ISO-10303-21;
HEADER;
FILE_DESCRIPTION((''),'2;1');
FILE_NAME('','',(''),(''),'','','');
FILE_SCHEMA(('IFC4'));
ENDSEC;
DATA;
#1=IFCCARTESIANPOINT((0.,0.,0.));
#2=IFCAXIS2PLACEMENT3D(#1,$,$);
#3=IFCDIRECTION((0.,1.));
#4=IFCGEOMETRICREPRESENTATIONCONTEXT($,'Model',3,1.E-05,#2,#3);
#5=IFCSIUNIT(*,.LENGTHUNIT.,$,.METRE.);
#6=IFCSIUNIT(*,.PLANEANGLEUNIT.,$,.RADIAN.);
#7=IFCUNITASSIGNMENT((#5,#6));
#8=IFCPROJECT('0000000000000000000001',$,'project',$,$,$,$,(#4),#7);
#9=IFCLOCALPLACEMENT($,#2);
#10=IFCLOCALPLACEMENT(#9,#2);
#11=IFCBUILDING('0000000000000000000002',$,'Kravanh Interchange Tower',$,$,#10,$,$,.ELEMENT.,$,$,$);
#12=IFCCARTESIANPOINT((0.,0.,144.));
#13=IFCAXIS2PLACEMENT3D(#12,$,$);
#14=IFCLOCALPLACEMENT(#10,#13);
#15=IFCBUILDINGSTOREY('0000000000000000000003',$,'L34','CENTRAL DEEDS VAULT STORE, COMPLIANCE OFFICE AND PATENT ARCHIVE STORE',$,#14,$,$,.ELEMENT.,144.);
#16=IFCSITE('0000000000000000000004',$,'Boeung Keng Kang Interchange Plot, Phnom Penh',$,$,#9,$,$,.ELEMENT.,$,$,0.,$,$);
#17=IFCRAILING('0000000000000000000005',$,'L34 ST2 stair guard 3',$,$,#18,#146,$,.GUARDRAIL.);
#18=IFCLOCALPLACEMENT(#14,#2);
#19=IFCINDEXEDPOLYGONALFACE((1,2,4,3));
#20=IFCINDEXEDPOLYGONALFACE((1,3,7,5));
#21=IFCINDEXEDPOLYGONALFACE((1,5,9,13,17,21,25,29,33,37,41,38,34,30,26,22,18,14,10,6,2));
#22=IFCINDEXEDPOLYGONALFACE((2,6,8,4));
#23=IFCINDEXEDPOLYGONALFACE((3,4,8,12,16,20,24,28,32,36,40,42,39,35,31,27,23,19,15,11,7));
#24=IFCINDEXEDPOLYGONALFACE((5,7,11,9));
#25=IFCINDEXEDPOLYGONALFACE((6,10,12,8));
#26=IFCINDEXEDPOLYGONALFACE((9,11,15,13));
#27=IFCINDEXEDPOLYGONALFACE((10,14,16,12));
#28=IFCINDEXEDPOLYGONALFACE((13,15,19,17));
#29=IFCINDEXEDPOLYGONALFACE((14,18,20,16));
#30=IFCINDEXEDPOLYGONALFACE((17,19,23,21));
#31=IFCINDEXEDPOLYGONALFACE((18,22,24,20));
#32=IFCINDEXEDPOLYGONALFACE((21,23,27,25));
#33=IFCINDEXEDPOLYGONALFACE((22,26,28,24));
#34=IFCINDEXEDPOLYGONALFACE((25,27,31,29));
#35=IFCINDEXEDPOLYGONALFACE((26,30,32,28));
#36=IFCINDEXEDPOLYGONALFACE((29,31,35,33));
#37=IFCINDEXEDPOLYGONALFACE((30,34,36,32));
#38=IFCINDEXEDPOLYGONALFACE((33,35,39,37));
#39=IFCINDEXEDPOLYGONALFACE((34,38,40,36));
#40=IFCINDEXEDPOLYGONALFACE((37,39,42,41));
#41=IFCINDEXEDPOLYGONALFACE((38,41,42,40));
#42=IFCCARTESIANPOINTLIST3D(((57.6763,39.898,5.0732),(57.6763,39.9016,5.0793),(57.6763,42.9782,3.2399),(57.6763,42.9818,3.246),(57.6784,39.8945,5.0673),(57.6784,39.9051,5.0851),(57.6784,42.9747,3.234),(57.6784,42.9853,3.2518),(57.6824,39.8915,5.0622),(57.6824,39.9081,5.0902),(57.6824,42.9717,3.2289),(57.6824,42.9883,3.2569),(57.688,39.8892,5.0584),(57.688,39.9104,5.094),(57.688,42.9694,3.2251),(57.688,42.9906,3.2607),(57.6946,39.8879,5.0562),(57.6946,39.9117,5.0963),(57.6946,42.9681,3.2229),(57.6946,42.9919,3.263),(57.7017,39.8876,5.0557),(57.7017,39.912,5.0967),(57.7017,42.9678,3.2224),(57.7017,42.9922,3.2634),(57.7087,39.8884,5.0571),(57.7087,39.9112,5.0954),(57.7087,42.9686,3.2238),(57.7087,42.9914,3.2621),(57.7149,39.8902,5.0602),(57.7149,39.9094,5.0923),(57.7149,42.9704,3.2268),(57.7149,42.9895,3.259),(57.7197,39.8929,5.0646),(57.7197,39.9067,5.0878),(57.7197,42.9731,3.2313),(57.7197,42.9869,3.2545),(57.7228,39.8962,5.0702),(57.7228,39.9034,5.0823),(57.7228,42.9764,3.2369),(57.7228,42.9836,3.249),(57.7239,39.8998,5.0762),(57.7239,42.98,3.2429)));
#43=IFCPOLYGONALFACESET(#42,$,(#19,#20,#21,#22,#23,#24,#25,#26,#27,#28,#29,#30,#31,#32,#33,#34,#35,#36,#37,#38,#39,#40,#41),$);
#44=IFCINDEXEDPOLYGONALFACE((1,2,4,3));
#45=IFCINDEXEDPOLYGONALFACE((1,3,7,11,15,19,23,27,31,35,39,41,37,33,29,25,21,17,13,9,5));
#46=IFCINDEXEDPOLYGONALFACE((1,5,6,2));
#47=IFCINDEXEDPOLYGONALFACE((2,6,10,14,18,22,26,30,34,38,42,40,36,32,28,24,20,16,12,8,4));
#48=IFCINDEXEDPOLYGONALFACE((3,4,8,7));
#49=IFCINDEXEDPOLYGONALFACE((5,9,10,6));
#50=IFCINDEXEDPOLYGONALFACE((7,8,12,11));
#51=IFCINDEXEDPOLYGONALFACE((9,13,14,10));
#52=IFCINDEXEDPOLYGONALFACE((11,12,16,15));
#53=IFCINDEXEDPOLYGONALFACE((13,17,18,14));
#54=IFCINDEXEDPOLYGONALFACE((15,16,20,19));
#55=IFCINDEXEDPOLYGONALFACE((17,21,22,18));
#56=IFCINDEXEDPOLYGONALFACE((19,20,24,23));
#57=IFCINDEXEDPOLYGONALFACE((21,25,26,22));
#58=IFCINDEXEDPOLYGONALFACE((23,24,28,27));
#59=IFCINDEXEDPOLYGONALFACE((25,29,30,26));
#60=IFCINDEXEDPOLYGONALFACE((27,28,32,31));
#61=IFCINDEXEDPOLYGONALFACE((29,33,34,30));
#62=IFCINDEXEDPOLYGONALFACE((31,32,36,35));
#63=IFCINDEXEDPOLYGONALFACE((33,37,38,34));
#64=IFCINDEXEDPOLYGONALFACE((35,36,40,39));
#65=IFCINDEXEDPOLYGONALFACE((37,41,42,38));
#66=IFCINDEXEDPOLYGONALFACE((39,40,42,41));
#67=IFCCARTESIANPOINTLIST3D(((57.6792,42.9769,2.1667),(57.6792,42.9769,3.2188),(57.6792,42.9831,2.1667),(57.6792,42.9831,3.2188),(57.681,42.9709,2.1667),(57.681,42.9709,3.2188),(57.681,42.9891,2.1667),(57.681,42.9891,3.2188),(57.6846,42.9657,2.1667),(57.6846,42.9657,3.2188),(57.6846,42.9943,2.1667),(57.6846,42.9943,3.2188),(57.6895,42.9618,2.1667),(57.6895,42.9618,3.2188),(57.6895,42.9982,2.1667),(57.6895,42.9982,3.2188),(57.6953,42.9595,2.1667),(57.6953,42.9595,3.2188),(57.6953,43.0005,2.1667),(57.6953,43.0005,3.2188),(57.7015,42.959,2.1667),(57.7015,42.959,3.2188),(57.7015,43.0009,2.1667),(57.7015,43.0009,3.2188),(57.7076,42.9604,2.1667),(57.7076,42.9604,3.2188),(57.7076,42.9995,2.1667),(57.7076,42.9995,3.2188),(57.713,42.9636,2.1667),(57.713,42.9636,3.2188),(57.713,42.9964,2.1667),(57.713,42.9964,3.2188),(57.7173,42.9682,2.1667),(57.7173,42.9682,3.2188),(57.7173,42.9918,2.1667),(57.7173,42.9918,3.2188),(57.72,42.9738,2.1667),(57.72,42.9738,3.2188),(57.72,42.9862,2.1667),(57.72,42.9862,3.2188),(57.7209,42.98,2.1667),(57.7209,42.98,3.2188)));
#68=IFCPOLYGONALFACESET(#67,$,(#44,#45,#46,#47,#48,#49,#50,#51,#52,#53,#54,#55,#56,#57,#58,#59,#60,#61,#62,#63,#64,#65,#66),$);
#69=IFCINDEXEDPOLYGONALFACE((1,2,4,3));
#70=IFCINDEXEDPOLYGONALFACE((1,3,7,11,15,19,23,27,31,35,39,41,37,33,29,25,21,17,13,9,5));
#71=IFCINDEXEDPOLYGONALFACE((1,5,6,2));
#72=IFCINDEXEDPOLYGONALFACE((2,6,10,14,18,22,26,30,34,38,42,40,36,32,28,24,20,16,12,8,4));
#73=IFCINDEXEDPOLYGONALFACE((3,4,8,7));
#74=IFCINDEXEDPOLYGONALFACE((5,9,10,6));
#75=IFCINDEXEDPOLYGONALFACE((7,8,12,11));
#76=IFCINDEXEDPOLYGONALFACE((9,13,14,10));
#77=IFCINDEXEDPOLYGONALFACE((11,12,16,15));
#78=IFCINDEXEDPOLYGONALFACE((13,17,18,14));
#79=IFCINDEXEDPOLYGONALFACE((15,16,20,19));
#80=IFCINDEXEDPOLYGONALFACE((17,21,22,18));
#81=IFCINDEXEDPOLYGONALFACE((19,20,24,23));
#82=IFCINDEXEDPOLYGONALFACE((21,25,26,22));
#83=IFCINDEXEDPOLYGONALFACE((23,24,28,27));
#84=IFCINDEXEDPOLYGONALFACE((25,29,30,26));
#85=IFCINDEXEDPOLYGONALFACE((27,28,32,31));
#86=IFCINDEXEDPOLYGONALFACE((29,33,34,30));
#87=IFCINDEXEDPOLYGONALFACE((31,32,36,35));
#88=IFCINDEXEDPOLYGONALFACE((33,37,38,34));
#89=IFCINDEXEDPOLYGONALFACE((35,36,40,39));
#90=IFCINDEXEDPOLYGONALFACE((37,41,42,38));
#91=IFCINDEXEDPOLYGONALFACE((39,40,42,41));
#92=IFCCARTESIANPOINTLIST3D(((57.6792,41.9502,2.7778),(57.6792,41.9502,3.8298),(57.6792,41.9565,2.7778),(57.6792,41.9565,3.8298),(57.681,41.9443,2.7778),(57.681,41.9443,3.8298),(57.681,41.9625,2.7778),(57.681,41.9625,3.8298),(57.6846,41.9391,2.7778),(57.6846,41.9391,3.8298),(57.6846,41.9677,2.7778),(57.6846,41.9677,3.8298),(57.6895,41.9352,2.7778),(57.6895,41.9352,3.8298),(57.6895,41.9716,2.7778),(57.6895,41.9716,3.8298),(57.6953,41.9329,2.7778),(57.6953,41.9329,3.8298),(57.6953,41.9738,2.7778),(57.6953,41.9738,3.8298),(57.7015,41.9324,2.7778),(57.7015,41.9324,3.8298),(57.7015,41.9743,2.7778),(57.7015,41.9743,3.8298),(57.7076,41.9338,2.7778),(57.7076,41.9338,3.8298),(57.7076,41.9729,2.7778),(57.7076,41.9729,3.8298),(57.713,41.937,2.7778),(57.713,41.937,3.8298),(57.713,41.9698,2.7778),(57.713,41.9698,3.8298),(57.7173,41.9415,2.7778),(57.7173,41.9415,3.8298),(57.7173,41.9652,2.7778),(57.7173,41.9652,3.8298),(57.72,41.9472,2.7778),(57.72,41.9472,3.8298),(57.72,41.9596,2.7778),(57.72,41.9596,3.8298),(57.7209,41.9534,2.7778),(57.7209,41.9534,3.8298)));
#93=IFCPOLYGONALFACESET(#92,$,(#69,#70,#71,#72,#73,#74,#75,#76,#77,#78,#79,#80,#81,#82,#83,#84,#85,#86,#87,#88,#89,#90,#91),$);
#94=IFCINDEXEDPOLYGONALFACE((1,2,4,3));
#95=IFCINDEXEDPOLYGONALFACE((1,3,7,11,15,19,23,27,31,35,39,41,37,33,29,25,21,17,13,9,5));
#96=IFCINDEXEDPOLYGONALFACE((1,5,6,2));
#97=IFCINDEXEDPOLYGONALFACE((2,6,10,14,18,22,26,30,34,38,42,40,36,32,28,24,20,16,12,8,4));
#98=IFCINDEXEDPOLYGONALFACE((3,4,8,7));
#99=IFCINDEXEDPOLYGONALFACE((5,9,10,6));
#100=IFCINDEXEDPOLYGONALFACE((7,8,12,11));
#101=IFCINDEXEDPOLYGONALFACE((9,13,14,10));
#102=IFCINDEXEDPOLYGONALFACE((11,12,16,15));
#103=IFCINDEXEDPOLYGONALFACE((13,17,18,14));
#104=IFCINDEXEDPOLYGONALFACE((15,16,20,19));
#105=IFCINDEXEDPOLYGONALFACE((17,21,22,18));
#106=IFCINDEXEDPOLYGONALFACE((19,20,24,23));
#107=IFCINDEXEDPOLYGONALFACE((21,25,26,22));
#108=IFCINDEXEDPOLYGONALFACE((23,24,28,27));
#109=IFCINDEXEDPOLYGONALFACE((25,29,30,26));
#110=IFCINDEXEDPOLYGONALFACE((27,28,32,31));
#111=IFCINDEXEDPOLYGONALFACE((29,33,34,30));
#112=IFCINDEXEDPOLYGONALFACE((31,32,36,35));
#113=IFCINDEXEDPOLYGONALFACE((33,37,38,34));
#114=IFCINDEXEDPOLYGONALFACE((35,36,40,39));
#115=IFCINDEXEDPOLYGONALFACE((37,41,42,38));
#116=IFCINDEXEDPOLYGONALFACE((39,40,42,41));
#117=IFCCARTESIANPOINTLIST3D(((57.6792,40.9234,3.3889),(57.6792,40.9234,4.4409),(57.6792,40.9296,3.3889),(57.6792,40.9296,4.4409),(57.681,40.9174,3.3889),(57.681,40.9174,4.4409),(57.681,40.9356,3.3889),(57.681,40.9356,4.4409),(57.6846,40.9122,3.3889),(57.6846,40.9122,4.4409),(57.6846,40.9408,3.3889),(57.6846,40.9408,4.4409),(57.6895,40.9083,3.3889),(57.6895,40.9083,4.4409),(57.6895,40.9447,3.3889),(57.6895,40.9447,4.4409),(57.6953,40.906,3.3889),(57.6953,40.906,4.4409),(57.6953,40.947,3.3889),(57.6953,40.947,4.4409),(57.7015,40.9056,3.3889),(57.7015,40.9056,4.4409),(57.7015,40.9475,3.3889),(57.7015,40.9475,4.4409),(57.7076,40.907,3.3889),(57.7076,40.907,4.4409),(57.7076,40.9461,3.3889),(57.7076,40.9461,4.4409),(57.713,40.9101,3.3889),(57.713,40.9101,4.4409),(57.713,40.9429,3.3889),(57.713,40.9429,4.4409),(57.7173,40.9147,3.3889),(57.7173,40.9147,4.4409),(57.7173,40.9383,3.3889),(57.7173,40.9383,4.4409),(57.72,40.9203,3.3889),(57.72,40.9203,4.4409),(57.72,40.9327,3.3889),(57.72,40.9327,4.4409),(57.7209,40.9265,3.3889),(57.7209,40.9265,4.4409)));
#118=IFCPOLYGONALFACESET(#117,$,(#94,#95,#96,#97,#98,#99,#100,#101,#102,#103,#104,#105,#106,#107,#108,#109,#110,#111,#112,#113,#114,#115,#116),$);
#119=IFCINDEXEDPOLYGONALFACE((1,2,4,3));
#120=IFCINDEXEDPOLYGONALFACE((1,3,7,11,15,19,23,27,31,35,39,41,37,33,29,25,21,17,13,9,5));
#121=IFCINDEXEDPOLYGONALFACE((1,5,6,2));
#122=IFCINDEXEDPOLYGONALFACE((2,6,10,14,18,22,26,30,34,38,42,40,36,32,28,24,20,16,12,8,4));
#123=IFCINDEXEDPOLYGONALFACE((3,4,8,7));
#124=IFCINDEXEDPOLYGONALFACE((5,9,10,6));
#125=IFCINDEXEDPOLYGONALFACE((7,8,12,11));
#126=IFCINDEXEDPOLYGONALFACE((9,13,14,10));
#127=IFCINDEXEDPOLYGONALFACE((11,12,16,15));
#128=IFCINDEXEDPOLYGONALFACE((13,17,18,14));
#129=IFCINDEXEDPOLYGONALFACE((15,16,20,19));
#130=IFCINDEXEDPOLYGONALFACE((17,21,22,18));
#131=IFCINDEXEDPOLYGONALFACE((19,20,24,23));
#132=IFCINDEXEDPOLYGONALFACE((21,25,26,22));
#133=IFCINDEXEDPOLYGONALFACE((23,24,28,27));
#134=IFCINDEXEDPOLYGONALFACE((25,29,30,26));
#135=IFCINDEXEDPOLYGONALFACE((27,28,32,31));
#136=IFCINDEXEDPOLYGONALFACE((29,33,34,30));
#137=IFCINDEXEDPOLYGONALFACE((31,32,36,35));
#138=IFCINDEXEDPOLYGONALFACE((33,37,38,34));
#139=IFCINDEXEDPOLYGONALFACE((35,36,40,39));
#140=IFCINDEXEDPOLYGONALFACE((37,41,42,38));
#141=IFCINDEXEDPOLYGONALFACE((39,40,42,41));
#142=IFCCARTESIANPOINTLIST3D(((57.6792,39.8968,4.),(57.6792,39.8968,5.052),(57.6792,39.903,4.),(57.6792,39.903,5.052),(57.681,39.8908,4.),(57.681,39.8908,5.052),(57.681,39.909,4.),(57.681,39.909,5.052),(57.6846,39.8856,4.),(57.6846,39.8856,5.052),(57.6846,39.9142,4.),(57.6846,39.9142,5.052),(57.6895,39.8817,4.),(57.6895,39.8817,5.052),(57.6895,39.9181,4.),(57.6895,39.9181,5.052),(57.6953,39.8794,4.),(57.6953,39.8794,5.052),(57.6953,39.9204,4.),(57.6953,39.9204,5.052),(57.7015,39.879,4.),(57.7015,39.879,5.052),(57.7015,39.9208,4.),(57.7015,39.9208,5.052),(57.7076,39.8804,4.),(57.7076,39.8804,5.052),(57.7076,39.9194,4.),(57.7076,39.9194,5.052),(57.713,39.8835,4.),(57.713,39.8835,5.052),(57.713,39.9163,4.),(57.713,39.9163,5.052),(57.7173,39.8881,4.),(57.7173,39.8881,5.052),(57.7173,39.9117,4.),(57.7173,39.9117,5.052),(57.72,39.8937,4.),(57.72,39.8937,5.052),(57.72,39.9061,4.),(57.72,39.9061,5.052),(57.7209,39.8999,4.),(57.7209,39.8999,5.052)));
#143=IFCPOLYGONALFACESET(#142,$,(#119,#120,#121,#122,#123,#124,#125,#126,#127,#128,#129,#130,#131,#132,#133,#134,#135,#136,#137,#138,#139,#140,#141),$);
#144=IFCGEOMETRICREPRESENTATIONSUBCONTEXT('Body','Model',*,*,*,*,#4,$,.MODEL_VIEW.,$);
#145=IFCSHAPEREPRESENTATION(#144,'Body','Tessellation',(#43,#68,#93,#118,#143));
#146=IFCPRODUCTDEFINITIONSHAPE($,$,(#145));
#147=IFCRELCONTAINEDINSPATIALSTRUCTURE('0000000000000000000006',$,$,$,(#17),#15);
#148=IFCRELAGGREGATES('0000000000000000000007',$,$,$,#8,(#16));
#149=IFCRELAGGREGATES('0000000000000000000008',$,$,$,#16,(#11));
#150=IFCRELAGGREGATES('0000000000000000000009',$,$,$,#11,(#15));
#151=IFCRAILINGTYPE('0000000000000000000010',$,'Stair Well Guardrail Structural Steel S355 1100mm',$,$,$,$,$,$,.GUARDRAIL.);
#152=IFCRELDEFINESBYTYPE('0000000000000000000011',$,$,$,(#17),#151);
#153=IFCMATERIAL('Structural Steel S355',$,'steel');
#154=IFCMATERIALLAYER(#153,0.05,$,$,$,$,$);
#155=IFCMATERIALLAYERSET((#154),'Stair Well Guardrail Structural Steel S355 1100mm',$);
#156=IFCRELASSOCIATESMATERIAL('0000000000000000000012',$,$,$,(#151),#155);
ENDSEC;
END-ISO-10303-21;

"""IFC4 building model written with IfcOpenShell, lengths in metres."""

from ifc_helpers import new_model, si_unit, direction, frame, origin, origin_2d, place, context, subcontext, project, spatial, circle, extrude, material, layer, layer_set, type_object, element, save


model = new_model("IFC4")

# Units and contexts
model_context = context("Model", 3, precision=1e-05, world=origin(), true_north=direction((0.0, 1.0)))
body_context = subcontext(model_context, "Body", "Model", "MODEL_VIEW")
ifc_project = project(units=[si_unit("LENGTHUNIT", "METRE"), si_unit("PLANEANGLEUNIT", "RADIAN")], contexts=[model_context])

# Site, building, storey
site_placement = place(None, origin())
site = spatial("IfcSite", under=ifc_project, at=site_placement, Name="Boeung Keng Kang Interchange Plot, Phnom Penh", CompositionType="ELEMENT", RefElevation=0.0)
building_placement = place(site_placement, origin())
building = spatial("IfcBuilding", under=site, at=building_placement, Name="Kravanh Interchange Tower", CompositionType="ELEMENT")
storey_placement = place(building_placement, frame((0.0, 0.0, 144.0)))
storey = spatial("IfcBuildingStorey", under=building, at=storey_placement, Name="L34", Description="CENTRAL DEEDS VAULT STORE, COMPLIANCE OFFICE AND PATENT ARCHIVE STORE", CompositionType="ELEMENT", Elevation=144.0)

# Railing
ifc_material_1 = material(Name="Structural Steel S355", Category="steel")
ifc_layer_1 = layer(ifc_material_1, 0.05)
ifc_layer_set_1 = layer_set([ifc_layer_1], Name="Stair Well Guardrail Structural Steel S355 1100mm")
railing_type_1 = type_object("IfcRailingType", Name="Stair Well Guardrail Structural Steel S355 1100mm", PredefinedType="GUARDRAIL", material=ifc_layer_set_1)
railing_1_placement = place(storey_placement, frame((57.7, 42.98, 2.1667)))
element("IfcRailing", 1, at=railing_1_placement, inside=storey, type_object=railing_type_1, Name="L34 ST2 stair guard 3", PredefinedType="GUARDRAIL", context=body_context, shape_type="SweptSolid", body=[
    extrude(circle(Radius=0.0239, at=origin_2d()), frame((0.0, 0.0, 1.0762), z_axis=(0.0, -0.859309, 0.511458), x_axis=(1.0, 0.0, 0.0)), (0.0, 0.0, 1.0), 3.5845),
    extrude(circle(Radius=0.021, at=origin_2d()), origin(), (0.0, 0.0, 1.0), 1.052),
    extrude(circle(Radius=0.021, at=origin_2d()), frame((0.0, -1.0266, 0.6111)), (0.0, 0.0, 1.0), 1.052),
    extrude(circle(Radius=0.021, at=origin_2d()), frame((0.0, -2.0535, 1.2222)), (0.0, 0.0, 1.0), 1.052),
    extrude(circle(Radius=0.021, at=origin_2d()), frame((0.0, -3.0801, 1.8333)), (0.0, 0.0, 1.0), 1.052),
])

save(model, "model.ifc")
